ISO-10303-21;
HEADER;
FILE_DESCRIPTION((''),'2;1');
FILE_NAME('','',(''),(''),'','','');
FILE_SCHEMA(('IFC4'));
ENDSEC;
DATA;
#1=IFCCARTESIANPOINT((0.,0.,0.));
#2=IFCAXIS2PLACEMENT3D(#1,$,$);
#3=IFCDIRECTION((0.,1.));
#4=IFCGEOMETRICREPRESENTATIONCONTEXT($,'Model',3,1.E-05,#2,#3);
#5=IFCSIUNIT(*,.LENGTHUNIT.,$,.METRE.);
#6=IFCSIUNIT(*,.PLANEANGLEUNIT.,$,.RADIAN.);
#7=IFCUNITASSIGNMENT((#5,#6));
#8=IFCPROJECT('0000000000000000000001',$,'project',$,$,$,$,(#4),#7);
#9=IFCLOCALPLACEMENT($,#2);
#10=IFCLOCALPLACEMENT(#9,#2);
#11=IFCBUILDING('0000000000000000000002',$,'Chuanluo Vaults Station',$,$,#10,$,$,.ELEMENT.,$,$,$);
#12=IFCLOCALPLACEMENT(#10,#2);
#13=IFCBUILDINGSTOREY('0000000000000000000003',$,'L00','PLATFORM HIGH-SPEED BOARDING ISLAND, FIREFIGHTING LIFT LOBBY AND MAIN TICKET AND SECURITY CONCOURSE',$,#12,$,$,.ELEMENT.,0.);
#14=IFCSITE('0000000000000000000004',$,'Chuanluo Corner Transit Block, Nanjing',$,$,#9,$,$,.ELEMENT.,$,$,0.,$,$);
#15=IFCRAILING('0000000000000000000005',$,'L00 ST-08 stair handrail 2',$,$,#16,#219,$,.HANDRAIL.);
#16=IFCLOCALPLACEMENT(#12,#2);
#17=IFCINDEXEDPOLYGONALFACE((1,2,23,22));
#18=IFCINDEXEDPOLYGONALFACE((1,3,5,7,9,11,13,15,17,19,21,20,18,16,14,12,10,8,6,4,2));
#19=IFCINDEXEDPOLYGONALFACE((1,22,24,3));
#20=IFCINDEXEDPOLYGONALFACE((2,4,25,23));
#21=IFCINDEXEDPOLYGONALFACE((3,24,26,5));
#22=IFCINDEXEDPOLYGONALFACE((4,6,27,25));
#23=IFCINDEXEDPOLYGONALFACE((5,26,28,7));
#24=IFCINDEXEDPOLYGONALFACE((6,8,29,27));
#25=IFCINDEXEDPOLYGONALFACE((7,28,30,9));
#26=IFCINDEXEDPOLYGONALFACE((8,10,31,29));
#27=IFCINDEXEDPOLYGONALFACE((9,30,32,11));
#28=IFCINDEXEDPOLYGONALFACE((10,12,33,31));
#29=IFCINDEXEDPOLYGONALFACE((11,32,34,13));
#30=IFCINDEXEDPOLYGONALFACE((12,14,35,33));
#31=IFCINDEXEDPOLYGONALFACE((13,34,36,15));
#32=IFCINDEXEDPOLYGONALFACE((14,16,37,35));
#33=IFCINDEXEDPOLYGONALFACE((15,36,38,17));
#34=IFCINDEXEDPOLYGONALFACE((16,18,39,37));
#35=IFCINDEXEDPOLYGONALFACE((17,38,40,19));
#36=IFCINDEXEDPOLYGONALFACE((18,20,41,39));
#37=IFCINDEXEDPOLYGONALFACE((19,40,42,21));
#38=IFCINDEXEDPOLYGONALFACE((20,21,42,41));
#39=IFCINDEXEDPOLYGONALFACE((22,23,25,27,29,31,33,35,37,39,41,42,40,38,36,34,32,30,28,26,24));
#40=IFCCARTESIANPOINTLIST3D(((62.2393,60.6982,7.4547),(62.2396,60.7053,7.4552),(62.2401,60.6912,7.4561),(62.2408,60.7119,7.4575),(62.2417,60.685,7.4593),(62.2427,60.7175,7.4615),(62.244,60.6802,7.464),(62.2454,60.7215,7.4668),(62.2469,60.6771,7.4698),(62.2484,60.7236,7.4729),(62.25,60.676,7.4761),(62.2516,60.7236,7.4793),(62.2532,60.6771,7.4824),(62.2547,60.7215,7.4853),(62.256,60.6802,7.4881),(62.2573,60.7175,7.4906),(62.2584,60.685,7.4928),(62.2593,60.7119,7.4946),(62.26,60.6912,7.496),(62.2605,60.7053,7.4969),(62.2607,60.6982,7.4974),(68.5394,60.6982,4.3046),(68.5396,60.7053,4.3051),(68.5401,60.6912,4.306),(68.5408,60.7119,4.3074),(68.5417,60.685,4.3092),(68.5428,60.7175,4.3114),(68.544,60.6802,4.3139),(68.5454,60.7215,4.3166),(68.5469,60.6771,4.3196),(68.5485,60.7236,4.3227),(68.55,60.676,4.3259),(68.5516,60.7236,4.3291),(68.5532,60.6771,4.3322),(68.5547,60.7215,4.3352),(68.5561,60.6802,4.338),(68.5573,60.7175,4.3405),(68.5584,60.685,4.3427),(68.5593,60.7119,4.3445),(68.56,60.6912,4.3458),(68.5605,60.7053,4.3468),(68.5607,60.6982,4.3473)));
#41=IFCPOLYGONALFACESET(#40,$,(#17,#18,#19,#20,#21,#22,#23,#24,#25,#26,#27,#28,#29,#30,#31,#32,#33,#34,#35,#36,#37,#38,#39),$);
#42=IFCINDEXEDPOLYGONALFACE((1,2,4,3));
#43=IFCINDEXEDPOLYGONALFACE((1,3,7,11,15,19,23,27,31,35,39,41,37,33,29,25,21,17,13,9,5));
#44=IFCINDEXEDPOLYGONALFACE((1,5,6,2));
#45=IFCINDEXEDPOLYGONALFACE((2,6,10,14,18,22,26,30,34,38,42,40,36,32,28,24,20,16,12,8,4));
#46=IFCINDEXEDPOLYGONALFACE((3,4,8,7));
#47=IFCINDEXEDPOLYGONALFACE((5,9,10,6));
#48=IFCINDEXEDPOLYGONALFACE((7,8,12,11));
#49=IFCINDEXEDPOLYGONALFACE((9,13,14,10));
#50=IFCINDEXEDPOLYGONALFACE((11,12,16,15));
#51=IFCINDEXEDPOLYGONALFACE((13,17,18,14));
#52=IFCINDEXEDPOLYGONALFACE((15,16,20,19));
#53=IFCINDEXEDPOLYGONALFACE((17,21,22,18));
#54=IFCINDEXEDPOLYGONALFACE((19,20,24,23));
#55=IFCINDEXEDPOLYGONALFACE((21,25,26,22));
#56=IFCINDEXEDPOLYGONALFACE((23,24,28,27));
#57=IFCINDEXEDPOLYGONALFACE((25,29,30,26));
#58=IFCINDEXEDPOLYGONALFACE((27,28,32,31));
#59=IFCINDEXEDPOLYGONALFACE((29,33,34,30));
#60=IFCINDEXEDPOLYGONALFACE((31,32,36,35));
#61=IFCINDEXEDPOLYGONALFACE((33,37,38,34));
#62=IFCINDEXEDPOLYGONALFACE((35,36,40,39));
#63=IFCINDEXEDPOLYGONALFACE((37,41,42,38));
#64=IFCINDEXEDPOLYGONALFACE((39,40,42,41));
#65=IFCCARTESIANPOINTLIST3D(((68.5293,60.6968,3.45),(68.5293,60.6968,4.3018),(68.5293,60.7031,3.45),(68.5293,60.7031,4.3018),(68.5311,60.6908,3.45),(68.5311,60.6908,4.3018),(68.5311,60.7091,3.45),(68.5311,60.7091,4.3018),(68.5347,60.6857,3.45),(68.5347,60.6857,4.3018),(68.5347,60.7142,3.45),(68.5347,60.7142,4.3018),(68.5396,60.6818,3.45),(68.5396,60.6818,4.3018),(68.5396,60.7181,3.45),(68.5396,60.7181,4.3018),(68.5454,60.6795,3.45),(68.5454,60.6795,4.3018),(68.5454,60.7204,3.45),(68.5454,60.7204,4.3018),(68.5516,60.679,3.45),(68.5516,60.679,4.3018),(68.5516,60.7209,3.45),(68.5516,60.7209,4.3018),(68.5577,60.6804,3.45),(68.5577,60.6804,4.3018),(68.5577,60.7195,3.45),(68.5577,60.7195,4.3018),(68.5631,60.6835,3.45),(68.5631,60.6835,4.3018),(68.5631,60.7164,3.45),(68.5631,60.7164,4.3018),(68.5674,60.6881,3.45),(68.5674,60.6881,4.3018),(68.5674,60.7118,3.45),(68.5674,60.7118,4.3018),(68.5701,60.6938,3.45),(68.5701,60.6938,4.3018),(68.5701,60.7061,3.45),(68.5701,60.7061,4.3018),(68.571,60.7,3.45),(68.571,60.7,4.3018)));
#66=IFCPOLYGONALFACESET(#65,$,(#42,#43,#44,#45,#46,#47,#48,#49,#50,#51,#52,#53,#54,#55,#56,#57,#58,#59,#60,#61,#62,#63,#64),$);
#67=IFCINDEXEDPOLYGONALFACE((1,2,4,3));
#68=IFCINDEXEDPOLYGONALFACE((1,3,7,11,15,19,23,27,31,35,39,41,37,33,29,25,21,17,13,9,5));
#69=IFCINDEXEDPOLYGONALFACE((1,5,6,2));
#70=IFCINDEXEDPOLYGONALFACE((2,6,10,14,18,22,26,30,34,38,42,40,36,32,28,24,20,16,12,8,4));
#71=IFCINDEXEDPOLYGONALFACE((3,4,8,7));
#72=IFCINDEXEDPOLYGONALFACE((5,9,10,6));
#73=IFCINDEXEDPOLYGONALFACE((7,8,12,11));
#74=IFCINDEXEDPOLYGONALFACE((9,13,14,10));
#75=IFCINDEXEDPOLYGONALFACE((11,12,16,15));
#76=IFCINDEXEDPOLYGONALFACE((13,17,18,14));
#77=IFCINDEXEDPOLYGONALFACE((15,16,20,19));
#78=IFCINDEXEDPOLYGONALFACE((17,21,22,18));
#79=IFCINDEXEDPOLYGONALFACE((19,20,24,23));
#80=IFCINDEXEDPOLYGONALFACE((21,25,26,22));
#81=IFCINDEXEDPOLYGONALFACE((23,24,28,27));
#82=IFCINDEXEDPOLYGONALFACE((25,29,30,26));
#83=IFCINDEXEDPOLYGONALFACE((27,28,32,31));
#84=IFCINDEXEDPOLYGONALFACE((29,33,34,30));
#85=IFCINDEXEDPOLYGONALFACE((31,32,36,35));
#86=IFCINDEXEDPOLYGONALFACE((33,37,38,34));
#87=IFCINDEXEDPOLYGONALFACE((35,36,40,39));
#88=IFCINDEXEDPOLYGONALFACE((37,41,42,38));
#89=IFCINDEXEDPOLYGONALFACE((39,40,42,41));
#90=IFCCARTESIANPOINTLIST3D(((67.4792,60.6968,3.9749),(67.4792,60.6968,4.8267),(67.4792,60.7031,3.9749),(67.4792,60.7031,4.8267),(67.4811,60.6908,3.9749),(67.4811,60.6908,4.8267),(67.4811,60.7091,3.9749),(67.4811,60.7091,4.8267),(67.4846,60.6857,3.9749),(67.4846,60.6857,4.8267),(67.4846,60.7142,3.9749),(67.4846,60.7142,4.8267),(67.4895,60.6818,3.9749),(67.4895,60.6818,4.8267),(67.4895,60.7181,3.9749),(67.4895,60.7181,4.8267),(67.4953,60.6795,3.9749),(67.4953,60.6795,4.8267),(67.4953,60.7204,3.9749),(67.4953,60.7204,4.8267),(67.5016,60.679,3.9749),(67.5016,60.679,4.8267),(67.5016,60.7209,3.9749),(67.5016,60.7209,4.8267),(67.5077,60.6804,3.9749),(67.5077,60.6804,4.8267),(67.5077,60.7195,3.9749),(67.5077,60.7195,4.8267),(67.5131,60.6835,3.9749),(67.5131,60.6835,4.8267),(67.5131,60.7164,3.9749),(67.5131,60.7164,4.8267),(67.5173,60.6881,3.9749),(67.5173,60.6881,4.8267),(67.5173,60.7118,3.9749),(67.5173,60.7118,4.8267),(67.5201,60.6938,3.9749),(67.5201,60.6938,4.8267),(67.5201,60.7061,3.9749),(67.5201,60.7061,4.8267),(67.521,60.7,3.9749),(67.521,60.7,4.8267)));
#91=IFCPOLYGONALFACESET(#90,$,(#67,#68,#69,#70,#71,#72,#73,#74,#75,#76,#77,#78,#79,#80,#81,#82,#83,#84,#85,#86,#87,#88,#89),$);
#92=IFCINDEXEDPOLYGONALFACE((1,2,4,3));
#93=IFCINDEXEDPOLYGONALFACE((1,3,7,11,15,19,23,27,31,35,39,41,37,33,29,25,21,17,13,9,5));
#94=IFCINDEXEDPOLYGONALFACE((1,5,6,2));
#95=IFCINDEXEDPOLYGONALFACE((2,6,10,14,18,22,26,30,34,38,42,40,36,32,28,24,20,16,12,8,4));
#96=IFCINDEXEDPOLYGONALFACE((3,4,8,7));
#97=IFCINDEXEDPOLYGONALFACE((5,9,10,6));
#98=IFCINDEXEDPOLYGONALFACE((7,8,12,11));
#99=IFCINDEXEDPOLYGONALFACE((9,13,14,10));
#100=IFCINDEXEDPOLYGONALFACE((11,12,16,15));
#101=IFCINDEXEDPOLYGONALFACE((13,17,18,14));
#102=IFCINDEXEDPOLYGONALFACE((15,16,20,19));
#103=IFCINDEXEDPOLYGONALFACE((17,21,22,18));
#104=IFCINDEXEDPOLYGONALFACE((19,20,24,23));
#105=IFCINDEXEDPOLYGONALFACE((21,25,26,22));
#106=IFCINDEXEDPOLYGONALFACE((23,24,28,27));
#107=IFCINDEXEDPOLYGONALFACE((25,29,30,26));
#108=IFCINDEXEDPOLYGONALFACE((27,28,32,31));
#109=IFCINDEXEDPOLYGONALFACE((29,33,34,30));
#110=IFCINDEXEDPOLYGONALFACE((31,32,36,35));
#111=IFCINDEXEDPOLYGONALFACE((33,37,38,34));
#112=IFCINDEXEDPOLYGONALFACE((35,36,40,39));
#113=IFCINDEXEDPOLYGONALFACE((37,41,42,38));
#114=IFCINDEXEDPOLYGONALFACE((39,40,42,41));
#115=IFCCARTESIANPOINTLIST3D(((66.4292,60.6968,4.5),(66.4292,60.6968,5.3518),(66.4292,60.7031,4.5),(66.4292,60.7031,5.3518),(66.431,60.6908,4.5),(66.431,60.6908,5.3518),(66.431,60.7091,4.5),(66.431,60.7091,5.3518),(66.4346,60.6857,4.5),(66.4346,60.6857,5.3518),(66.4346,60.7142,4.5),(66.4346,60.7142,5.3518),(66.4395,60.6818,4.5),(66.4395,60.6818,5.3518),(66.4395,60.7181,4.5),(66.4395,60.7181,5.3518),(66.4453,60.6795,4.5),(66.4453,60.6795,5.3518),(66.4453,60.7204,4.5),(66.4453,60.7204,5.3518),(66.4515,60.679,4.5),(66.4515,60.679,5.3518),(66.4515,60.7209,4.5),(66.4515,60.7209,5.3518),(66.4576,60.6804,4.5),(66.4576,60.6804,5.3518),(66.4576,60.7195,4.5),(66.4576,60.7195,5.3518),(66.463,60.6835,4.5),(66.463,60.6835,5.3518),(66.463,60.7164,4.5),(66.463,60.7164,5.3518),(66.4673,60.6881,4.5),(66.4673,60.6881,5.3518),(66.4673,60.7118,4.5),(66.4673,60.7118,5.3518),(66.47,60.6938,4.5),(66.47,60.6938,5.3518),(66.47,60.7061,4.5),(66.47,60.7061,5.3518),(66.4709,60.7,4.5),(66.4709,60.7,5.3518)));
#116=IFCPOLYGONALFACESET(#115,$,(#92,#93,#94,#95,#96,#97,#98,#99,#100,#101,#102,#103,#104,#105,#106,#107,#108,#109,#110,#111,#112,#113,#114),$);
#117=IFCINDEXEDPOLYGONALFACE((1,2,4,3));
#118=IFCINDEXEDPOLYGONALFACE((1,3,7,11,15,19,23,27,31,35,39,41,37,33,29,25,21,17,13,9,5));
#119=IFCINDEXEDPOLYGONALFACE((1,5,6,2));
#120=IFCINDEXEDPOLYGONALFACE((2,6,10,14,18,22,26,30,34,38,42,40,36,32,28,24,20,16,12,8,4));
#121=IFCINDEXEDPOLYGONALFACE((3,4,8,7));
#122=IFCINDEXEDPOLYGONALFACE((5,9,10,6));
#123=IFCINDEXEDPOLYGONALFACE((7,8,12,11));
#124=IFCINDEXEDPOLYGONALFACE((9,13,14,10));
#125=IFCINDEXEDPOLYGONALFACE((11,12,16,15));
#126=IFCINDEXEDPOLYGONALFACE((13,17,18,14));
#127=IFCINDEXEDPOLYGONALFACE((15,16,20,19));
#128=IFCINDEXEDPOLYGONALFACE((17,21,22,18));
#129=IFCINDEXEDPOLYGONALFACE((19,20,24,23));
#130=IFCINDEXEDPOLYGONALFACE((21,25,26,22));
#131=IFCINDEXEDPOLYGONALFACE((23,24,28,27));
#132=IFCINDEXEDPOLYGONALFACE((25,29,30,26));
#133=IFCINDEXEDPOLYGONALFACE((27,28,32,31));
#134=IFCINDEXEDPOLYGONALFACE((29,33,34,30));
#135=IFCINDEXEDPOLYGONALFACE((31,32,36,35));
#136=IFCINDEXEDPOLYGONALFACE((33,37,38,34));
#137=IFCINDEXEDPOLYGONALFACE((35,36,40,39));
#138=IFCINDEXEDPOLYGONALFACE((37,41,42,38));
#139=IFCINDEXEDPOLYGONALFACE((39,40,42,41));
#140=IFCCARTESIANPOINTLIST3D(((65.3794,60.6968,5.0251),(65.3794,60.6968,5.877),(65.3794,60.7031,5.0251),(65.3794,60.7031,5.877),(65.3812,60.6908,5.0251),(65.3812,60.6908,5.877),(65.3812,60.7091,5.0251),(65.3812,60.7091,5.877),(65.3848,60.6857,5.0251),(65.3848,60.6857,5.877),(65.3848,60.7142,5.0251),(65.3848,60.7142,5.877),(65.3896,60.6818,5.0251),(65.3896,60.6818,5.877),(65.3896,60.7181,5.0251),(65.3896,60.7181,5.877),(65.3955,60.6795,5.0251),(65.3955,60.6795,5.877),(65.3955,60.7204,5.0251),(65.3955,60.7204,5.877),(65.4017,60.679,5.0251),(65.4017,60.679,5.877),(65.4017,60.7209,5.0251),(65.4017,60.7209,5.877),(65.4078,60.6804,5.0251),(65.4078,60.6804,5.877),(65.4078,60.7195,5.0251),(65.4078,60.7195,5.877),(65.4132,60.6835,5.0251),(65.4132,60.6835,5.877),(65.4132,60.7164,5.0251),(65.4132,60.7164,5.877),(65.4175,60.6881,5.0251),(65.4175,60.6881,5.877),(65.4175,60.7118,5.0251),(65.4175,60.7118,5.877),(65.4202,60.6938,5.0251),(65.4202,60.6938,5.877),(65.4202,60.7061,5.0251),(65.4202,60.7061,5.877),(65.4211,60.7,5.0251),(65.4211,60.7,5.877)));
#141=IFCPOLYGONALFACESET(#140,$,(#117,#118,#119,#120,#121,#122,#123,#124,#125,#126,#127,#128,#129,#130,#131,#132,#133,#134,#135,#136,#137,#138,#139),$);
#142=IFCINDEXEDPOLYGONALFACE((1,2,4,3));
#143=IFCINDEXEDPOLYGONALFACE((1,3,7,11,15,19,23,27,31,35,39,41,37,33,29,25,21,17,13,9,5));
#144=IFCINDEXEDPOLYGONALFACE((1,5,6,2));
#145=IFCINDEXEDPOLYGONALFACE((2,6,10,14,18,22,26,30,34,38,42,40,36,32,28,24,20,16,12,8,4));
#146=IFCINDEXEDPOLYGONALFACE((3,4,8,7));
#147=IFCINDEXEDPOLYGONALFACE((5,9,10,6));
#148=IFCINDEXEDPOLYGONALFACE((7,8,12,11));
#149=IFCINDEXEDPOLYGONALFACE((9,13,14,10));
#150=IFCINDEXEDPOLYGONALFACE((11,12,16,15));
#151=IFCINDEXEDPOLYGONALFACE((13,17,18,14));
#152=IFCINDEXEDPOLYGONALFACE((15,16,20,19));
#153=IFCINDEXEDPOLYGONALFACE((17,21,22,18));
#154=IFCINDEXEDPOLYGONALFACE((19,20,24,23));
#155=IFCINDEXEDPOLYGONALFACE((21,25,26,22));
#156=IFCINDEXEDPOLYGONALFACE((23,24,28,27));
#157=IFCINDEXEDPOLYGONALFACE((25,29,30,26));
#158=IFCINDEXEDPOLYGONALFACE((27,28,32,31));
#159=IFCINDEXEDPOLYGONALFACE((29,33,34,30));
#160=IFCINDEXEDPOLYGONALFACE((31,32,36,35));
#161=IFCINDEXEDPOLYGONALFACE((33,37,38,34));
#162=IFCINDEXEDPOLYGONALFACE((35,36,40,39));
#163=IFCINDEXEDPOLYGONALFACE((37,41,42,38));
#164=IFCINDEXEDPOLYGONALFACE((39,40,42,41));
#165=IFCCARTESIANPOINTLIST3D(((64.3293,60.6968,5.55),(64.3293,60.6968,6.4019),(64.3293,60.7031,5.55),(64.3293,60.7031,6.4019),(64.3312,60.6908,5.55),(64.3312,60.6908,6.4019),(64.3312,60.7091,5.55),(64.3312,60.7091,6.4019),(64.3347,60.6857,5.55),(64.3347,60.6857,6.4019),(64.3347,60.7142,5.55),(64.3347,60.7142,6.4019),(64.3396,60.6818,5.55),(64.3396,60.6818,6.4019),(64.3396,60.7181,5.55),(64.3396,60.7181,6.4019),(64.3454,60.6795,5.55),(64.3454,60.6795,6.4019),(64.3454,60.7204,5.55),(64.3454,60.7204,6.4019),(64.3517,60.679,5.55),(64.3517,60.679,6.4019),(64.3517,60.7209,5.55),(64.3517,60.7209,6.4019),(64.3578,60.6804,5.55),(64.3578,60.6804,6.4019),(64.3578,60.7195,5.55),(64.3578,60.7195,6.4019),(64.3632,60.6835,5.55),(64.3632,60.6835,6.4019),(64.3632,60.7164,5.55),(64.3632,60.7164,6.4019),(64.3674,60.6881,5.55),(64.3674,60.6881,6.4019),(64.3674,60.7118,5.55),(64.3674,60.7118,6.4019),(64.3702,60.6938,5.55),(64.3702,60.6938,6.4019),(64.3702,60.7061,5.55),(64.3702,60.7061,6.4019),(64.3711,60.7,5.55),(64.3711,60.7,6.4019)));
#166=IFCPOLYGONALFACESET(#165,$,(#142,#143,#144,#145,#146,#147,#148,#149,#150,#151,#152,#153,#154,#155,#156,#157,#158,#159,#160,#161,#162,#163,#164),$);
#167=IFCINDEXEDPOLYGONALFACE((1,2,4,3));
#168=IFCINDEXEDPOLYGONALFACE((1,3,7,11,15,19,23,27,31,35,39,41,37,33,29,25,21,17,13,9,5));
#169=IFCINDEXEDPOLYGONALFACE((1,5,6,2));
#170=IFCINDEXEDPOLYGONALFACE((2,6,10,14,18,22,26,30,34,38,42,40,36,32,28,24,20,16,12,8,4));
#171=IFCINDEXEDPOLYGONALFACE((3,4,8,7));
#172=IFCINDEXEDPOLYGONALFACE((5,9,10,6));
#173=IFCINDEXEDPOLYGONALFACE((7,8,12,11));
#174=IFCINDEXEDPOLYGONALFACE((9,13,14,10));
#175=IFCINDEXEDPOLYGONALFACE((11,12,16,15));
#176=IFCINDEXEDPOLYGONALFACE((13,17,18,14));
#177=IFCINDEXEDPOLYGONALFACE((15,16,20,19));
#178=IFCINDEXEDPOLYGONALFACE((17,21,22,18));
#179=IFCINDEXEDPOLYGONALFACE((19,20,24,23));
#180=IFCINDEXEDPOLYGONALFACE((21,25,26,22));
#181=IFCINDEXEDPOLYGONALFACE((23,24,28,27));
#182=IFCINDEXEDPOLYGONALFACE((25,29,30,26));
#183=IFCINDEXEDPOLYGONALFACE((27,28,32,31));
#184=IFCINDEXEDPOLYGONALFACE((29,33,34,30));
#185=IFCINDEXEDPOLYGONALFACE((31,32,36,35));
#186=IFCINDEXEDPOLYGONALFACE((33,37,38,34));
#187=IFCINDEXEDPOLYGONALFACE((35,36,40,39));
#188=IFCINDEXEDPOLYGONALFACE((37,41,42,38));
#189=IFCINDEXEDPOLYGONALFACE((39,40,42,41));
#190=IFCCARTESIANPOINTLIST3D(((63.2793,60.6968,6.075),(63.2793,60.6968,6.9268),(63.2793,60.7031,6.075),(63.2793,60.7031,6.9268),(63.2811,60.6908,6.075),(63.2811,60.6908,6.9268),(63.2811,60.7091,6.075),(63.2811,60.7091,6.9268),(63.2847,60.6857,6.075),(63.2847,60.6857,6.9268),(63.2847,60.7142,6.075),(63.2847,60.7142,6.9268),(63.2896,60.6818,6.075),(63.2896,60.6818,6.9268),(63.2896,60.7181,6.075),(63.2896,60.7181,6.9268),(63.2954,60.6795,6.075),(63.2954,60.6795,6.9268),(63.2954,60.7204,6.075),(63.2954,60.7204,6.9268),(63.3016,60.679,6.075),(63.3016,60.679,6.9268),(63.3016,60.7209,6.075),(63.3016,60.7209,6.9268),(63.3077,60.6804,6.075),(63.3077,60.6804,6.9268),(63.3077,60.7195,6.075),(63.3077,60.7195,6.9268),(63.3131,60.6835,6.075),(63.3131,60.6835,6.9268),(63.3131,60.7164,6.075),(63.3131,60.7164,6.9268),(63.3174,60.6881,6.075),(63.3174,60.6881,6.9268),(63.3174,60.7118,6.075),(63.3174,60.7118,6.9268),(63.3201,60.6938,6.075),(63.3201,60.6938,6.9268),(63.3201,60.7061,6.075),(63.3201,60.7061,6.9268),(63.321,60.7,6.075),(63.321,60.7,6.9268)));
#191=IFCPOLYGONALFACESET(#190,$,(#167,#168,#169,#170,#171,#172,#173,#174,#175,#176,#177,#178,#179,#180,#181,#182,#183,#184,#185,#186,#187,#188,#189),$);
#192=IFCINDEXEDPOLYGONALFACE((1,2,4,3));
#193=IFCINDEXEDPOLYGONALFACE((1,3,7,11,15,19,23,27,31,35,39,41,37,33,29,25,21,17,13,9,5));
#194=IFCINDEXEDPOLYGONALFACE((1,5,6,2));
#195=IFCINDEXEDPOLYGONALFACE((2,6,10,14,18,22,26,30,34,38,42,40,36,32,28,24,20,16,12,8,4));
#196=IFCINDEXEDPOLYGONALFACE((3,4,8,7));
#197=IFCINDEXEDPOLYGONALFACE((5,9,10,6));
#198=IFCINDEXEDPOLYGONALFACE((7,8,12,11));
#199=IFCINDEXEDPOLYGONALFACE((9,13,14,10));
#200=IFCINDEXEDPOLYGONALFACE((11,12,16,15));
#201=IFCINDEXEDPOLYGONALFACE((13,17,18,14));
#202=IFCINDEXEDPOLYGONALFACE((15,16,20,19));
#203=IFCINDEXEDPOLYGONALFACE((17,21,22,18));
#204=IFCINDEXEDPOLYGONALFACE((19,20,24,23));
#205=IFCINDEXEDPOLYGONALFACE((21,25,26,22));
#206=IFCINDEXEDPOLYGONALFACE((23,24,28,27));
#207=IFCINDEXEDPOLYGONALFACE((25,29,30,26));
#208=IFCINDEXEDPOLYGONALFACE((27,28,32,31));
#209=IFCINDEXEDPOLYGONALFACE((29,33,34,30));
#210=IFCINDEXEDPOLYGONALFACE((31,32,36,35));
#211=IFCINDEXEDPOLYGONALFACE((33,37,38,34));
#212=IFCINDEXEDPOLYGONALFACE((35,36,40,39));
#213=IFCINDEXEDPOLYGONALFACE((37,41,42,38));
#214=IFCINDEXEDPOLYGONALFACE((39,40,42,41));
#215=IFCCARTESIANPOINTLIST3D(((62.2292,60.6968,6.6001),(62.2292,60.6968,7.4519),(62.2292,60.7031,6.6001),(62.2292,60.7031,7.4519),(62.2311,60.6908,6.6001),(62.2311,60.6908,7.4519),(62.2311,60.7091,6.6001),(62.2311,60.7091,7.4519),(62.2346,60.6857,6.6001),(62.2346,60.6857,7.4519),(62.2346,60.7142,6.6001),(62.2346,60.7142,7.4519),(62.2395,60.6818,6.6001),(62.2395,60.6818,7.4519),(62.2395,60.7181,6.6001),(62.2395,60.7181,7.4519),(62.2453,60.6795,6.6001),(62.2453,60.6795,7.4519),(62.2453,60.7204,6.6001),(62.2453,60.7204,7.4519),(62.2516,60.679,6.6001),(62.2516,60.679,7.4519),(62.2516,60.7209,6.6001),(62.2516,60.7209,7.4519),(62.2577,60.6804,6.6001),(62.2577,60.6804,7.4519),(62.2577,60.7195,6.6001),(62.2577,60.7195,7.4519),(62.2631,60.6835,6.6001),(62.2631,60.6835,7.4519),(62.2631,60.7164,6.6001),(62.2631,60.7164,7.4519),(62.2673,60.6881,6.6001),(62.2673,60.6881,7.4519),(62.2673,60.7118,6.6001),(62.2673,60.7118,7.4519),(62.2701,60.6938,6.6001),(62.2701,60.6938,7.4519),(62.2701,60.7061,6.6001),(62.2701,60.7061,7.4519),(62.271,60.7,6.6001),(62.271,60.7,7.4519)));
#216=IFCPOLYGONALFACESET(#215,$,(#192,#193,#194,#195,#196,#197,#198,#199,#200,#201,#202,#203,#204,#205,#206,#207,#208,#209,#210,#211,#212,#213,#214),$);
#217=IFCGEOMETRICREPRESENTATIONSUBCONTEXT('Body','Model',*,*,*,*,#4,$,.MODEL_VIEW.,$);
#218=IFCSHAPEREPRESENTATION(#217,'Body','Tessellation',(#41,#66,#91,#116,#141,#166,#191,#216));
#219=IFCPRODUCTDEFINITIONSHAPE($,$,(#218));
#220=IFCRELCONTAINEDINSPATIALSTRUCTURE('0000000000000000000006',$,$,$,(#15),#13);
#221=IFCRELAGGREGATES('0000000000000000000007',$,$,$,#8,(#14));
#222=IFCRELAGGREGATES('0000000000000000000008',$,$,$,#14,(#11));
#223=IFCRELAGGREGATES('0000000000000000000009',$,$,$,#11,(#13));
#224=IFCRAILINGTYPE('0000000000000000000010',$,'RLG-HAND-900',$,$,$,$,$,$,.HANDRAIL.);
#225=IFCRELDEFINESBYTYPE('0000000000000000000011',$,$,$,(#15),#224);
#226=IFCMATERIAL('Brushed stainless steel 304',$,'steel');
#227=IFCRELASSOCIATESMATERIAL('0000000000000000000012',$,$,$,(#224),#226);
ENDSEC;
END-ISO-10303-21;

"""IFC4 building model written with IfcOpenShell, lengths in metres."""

from ifc_helpers import new_model, si_unit, direction, frame, origin, origin_2d, place, context, subcontext, project, spatial, circle, extrude, material, type_object, element, save


model = new_model("IFC4")

# Units and contexts
model_context = context("Model", 3, precision=1e-05, world=origin(), true_north=direction((0.0, 1.0)))
body_context = subcontext(model_context, "Body", "Model", "MODEL_VIEW")
ifc_project = project(units=[si_unit("LENGTHUNIT", "METRE"), si_unit("PLANEANGLEUNIT", "RADIAN")], contexts=[model_context])

# Site, building, storey
site_placement = place(None, origin())
site = spatial("IfcSite", under=ifc_project, at=site_placement, Name="Chuanluo Corner Transit Block, Nanjing", CompositionType="ELEMENT", RefElevation=0.0)
building_placement = place(site_placement, origin())
building = spatial("IfcBuilding", under=site, at=building_placement, Name="Chuanluo Vaults Station", CompositionType="ELEMENT")
storey_placement = place(building_placement, origin())
storey = spatial("IfcBuildingStorey", under=building, at=storey_placement, Name="L00", Description="PLATFORM HIGH-SPEED BOARDING ISLAND, FIREFIGHTING LIFT LOBBY AND MAIN TICKET AND SECURITY CONCOURSE", CompositionType="ELEMENT", Elevation=0.0)

# Railing
ifc_material_1 = material(Name="Brushed stainless steel 304", Category="steel")
railing_type_1 = type_object("IfcRailingType", Name="RLG-HAND-900", PredefinedType="HANDRAIL", material=ifc_material_1)
for number, where, name in (
    (1, (68.55, 60.7, 3.45), "L00 ST-08 stair handrail 2"),
):
    element("IfcRailing", number, at=place(storey_placement, frame(where)), inside=storey, type_object=railing_type_1, Name=name, PredefinedType="HANDRAIL", context=body_context, shape_type="SweptSolid", body=[
        extrude(circle(Radius=0.0239, at=origin_2d()), frame((0.0, 0.0, 0.876), z_axis=(-0.89442, 0.0, 0.447227), x_axis=(0.0, -1.0, 0.0)), (0.0, 0.0, 1.0), 7.0437),
        extrude(circle(Radius=0.021, at=origin_2d()), origin(), (0.0, 0.0, 1.0), 0.8518),
        extrude(circle(Radius=0.021, at=origin_2d()), frame((-1.05, 0.0, 0.5249)), (0.0, 0.0, 1.0), 0.8518),
        extrude(circle(Radius=0.021, at=origin_2d()), frame((-2.1001, 0.0, 1.05)), (0.0, 0.0, 1.0), 0.8518),
        extrude(circle(Radius=0.021, at=origin_2d()), frame((-3.1499, 0.0, 1.5752)), (0.0, 0.0, 1.0), 0.8518),
        extrude(circle(Radius=0.021, at=origin_2d()), frame((-4.2, 0.0, 2.1001)), (0.0, 0.0, 1.0), 0.8518),
        extrude(circle(Radius=0.021, at=origin_2d()), frame((-5.25, 0.0, 2.625)), (0.0, 0.0, 1.0), 0.8518),
        extrude(circle(Radius=0.021, at=origin_2d()), frame((-6.3, 0.0, 3.1501)), (0.0, 0.0, 1.0), 0.8518),
    ])

save(model, "model.ifc")
